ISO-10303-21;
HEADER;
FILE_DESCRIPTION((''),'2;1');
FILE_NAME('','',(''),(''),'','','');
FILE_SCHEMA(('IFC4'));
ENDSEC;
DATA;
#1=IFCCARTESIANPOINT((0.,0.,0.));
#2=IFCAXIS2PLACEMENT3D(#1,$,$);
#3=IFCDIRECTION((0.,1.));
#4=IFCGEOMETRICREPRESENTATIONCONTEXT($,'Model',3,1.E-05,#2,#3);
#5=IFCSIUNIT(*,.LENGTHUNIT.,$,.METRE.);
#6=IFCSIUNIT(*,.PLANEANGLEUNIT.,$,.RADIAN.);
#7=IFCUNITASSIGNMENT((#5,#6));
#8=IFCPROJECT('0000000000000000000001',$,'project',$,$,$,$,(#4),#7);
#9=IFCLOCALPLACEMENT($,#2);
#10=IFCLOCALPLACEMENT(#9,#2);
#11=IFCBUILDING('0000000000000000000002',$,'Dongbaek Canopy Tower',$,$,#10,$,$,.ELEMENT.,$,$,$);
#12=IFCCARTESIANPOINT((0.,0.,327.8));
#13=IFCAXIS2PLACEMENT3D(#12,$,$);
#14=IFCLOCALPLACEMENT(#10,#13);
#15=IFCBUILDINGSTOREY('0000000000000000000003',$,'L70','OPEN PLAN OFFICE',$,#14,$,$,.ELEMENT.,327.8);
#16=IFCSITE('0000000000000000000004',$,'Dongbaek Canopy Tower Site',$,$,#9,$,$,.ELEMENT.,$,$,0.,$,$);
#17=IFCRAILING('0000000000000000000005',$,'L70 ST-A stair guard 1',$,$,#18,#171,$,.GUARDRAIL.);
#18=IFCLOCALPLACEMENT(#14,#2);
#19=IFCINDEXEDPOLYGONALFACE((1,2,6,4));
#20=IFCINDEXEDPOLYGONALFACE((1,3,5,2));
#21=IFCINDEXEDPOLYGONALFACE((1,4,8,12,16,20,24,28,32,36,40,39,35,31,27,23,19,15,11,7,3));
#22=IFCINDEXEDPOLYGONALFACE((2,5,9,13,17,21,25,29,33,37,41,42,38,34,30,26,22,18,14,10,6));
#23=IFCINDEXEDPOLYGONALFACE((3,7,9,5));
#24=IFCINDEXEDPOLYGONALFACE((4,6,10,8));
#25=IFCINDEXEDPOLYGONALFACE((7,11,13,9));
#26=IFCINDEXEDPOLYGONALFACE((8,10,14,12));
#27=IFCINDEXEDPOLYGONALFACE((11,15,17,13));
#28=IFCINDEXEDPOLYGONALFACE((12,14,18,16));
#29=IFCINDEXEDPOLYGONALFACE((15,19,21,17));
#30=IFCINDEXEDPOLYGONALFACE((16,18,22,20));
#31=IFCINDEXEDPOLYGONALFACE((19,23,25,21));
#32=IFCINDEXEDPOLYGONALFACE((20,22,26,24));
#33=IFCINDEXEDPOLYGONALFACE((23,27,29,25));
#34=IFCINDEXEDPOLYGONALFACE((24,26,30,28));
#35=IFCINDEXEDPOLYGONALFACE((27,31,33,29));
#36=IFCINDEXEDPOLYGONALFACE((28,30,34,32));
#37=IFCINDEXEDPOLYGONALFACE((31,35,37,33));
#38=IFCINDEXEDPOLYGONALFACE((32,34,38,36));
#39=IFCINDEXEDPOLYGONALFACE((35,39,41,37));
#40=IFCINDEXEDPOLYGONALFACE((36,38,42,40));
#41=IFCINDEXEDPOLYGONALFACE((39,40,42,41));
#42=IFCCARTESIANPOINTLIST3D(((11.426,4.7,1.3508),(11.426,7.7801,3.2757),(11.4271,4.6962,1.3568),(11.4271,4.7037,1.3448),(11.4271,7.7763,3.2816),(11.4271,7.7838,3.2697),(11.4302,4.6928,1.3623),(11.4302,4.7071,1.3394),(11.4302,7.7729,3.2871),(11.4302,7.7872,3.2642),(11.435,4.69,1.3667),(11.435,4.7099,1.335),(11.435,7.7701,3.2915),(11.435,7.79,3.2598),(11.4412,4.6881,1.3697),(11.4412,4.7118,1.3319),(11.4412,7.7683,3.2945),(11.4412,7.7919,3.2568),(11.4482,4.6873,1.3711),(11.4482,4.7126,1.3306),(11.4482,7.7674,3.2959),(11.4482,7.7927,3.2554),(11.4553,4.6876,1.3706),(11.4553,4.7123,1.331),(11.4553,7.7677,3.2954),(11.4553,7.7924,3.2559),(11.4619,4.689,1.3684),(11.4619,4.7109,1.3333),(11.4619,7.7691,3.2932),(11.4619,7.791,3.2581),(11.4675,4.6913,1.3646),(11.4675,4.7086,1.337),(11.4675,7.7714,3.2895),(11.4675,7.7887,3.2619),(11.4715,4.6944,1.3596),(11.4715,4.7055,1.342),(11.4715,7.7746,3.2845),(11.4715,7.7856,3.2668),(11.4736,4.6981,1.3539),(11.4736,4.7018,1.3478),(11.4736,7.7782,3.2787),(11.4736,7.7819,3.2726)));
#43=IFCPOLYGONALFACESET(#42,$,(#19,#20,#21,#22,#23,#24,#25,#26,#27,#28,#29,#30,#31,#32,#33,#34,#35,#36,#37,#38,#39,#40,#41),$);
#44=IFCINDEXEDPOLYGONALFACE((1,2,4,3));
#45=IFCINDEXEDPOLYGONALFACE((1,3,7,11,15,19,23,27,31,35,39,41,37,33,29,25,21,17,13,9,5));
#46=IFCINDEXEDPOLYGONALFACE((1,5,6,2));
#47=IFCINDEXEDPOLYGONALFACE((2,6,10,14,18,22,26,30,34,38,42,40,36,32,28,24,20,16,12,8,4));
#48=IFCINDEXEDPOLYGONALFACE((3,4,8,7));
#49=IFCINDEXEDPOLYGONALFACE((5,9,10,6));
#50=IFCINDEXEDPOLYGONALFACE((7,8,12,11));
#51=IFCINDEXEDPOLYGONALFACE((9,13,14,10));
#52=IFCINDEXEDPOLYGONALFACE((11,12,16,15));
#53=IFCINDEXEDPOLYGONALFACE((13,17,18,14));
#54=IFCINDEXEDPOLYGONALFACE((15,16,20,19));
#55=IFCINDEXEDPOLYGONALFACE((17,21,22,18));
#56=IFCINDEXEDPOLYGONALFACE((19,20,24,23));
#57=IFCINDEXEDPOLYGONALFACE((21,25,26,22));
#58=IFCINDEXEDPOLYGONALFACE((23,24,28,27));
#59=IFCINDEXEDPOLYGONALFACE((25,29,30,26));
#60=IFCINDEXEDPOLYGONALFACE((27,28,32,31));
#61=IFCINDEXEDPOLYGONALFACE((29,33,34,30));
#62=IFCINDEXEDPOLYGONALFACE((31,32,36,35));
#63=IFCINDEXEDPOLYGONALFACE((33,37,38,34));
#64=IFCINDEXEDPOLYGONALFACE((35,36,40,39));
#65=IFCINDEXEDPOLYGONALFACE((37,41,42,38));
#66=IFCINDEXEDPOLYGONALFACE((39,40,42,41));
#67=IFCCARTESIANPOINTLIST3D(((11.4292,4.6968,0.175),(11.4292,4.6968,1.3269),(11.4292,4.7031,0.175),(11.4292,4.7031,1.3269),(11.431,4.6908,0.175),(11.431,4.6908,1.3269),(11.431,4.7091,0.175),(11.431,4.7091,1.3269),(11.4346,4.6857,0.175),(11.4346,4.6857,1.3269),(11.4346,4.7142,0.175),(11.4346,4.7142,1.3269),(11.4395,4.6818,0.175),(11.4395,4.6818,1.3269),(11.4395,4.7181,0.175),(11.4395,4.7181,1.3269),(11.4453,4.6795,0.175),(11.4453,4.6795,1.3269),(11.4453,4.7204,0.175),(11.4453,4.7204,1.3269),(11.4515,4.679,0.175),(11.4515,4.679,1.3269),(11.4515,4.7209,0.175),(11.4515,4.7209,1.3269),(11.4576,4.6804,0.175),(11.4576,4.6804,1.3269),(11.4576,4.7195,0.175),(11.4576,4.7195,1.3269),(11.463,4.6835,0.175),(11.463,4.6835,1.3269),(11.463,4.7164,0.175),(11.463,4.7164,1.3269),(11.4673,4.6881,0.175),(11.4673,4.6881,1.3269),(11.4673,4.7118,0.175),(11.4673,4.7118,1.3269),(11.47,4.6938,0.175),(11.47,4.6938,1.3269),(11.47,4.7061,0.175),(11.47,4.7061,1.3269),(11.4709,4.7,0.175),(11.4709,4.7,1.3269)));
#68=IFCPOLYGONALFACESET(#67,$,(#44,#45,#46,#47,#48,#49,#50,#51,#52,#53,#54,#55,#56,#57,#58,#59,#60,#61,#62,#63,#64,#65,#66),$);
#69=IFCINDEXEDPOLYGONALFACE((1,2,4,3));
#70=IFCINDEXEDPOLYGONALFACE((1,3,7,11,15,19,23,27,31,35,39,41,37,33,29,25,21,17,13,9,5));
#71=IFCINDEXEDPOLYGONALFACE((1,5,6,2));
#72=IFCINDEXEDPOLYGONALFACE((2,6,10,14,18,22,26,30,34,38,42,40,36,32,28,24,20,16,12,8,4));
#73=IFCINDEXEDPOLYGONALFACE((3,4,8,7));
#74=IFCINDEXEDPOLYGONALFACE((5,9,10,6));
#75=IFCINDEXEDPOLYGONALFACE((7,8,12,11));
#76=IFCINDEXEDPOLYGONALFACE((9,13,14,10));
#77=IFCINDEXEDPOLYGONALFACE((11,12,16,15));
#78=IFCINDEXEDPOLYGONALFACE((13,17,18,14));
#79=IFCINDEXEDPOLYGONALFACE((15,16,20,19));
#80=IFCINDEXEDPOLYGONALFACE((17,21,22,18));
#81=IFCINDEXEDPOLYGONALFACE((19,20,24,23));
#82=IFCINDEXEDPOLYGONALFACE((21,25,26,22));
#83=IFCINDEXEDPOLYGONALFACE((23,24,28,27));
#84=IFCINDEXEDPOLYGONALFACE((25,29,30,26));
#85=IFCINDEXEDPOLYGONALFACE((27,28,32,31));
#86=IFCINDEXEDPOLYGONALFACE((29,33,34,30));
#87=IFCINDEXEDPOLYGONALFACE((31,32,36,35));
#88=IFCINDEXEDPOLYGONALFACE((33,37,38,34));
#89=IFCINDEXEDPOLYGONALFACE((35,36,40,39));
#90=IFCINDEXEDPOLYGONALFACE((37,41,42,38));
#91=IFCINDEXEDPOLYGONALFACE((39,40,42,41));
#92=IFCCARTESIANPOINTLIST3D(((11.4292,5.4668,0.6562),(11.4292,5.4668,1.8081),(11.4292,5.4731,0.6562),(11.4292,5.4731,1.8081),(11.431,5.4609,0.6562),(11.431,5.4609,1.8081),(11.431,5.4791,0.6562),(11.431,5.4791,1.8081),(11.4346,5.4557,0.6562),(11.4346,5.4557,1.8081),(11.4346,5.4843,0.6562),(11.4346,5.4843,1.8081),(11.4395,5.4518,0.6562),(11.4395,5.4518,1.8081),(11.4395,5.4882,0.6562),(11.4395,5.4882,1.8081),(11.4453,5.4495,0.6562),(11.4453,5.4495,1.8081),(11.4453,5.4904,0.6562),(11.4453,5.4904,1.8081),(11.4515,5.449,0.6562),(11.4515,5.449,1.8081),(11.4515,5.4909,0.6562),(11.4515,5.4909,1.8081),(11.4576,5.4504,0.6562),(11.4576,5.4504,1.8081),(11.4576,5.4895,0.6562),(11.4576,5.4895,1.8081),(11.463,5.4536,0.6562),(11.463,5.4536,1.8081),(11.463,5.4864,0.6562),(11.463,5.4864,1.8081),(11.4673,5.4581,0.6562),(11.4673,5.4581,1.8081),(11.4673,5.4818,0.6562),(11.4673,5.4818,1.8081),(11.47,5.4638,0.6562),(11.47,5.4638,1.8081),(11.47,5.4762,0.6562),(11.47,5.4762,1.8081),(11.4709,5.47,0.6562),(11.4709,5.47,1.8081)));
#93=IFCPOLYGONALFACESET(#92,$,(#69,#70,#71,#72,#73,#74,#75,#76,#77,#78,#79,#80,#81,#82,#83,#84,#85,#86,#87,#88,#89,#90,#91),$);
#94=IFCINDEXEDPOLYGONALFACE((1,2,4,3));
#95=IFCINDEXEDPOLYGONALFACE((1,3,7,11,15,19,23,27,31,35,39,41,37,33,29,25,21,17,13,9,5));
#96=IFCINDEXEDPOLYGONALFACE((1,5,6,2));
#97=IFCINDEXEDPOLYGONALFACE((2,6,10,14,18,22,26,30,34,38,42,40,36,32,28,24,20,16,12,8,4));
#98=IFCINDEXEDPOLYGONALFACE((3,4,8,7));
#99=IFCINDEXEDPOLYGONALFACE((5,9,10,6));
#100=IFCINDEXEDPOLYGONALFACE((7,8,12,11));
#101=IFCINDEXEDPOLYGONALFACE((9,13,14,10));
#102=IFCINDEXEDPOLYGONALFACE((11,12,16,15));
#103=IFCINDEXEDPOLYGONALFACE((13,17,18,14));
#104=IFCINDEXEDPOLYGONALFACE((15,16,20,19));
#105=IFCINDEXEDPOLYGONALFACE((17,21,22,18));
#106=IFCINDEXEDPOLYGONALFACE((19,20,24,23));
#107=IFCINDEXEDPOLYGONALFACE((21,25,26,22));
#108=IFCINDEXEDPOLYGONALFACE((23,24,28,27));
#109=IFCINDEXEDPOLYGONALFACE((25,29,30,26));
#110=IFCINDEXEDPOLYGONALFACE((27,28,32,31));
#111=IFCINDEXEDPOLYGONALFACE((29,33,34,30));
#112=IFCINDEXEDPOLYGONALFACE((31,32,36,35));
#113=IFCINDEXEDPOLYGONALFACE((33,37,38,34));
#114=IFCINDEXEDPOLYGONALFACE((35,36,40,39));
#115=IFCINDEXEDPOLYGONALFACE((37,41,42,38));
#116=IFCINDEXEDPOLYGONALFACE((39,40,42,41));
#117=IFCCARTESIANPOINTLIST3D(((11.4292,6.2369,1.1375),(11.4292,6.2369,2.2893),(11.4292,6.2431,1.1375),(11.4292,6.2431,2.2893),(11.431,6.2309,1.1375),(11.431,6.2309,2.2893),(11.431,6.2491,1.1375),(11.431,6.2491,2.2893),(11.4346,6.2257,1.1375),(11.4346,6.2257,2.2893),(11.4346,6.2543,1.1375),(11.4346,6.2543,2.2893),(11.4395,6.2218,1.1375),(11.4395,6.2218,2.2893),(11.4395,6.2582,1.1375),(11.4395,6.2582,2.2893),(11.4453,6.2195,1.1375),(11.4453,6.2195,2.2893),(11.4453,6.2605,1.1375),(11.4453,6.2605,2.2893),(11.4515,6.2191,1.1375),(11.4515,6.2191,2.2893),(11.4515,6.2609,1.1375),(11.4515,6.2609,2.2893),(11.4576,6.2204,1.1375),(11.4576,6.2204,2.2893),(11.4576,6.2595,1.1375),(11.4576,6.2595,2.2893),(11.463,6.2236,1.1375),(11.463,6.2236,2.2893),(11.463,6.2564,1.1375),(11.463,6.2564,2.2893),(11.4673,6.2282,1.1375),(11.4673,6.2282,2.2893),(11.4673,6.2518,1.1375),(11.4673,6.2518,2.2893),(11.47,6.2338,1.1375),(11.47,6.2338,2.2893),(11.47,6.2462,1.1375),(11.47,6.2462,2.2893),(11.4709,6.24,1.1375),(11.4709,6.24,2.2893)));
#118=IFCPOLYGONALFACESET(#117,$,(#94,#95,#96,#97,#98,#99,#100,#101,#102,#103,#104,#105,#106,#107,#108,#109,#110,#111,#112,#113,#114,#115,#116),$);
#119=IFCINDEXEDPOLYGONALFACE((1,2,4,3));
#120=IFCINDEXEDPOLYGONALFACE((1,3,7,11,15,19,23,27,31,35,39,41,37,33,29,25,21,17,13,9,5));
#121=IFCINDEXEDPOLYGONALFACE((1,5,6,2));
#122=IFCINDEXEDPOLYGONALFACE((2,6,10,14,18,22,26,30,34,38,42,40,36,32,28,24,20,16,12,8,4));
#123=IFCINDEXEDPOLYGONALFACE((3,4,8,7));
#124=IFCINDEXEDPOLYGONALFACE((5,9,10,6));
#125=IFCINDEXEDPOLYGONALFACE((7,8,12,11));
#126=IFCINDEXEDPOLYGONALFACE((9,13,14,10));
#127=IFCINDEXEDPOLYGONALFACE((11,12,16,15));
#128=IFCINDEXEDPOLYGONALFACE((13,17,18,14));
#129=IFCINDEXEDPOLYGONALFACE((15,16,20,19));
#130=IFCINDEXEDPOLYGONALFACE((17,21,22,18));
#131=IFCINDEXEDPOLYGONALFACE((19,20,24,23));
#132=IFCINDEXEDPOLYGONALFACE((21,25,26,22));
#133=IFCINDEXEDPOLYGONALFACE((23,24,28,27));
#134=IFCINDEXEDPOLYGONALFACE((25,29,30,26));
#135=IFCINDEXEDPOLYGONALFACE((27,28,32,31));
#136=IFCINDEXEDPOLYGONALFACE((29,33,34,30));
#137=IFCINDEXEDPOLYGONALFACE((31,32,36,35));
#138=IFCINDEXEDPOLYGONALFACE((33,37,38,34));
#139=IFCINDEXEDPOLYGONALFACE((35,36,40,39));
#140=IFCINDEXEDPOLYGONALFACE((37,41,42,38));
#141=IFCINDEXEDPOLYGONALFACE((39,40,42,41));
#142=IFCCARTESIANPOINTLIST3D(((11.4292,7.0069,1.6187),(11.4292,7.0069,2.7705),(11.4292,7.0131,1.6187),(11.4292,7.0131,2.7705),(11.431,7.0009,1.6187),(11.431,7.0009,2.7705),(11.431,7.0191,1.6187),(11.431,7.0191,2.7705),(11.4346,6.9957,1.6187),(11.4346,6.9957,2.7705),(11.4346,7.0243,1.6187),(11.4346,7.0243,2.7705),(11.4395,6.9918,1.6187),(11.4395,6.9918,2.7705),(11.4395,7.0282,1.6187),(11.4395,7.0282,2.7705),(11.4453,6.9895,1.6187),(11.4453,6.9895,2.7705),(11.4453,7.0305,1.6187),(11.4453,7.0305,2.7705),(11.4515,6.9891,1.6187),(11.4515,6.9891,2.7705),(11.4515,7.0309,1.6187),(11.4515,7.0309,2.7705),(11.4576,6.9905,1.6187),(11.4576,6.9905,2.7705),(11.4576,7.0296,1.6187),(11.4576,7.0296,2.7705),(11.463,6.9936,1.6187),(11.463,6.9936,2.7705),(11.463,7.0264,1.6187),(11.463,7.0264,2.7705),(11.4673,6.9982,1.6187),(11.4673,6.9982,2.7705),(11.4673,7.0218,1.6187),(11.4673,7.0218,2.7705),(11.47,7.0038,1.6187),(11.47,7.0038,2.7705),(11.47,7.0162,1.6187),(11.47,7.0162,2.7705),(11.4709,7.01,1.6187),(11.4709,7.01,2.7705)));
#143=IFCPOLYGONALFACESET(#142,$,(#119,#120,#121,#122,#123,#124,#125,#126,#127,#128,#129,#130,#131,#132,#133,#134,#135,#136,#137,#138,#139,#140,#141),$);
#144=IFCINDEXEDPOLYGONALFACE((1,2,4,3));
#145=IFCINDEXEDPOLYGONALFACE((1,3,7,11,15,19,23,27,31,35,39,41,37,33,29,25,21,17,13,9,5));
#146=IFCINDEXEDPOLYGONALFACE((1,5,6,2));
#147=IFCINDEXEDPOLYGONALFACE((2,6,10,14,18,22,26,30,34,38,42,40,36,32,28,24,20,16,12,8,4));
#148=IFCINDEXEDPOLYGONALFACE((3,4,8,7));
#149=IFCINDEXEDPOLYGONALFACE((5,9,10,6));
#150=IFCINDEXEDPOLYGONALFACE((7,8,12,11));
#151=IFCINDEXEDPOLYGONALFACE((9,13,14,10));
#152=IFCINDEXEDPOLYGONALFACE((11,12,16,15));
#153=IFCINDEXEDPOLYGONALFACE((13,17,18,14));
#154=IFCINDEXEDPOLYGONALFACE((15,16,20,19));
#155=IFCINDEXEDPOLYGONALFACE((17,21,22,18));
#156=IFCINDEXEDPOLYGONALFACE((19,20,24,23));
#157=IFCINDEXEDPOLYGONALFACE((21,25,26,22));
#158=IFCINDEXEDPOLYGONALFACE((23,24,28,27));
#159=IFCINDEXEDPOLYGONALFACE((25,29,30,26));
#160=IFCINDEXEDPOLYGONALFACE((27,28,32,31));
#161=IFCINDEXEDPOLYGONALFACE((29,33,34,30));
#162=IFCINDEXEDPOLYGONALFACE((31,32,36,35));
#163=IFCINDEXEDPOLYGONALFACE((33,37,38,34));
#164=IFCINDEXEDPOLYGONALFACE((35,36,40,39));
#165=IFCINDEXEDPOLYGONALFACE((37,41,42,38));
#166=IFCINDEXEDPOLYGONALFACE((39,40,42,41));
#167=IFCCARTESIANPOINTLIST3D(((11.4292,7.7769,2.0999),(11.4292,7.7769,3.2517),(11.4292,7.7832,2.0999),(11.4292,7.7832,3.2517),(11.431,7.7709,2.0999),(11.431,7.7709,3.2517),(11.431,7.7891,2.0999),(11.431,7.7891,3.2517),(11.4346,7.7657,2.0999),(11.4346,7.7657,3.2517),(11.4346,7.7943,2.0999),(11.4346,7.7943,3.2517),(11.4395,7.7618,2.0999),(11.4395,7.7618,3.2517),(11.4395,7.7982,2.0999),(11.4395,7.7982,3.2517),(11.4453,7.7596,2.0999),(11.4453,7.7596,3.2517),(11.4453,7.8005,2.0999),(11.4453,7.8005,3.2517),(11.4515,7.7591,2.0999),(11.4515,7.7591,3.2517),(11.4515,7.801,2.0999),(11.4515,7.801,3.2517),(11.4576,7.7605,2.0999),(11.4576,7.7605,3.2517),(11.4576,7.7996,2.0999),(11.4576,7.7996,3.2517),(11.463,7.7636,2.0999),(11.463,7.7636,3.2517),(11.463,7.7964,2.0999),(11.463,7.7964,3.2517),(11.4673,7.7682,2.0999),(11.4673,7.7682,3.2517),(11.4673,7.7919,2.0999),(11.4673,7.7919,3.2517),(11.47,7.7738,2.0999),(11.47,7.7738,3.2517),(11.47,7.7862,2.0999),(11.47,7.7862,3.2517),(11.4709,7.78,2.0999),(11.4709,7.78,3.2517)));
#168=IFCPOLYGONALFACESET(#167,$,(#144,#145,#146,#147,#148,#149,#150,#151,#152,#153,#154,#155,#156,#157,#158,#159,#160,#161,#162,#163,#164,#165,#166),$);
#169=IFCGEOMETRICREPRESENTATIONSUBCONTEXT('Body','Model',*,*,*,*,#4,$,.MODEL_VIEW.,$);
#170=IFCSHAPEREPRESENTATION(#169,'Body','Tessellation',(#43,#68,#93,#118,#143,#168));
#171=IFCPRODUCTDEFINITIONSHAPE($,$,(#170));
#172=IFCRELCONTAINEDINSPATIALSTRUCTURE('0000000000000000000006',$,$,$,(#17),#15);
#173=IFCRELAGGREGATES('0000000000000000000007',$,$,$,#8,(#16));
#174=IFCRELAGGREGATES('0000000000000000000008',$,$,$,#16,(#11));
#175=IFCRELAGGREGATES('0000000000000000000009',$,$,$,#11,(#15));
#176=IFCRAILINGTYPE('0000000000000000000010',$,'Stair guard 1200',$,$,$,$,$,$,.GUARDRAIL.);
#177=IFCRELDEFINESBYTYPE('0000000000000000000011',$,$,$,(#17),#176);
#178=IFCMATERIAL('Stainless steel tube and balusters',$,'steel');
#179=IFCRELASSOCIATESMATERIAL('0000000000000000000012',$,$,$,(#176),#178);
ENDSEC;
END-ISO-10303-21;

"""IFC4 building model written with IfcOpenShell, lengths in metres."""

from ifc_helpers import new_model, si_unit, direction, frame, origin, origin_2d, place, context, subcontext, project, spatial, circle, extrude, material, type_object, element, save


model = new_model("IFC4")

# Units and contexts
model_context = context("Model", 3, precision=1e-05, world=origin(), true_north=direction((0.0, 1.0)))
body_context = subcontext(model_context, "Body", "Model", "MODEL_VIEW")
ifc_project = project(units=[si_unit("LENGTHUNIT", "METRE"), si_unit("PLANEANGLEUNIT", "RADIAN")], contexts=[model_context])

# Site, building, storey
site_placement = place(None, origin())
site = spatial("IfcSite", under=ifc_project, at=site_placement, Name="Dongbaek Canopy Tower Site", CompositionType="ELEMENT", RefElevation=0.0)
building_placement = place(site_placement, origin())
building = spatial("IfcBuilding", under=site, at=building_placement, Name="Dongbaek Canopy Tower", CompositionType="ELEMENT")
storey_placement = place(building_placement, frame((0.0, 0.0, 327.8)))
storey = spatial("IfcBuildingStorey", under=building, at=storey_placement, Name="L70", Description="OPEN PLAN OFFICE", CompositionType="ELEMENT", Elevation=327.8)

# Railing
ifc_material_1 = material(Name="Stainless steel tube and balusters", Category="steel")
railing_type_1 = type_object("IfcRailingType", Name="Stair guard 1200", PredefinedType="GUARDRAIL", material=ifc_material_1)
railing_1_placement = place(storey_placement, frame((11.45, 4.7, 0.175)))
element("IfcRailing", 1, at=railing_1_placement, inside=storey, type_object=railing_type_1, Name="L70 ST-A stair guard 1", PredefinedType="GUARDRAIL", context=body_context, shape_type="SweptSolid", body=[
    extrude(circle(Radius=0.0239, at=origin_2d()), frame((0.0, 0.0, 1.1758), z_axis=(0.0, 0.848029, 0.529951), x_axis=(-1.0, 0.0, 0.0)), (0.0, 0.0, 1.0), 3.6321),
    extrude(circle(Radius=0.021, at=origin_2d()), origin(), (0.0, 0.0, 1.0), 1.1519),
    extrude(circle(Radius=0.021, at=origin_2d()), frame((0.0, 0.77, 0.4812)), (0.0, 0.0, 1.0), 1.1519),
    extrude(circle(Radius=0.021, at=origin_2d()), frame((0.0, 1.54, 0.9624)), (0.0, 0.0, 1.0), 1.1519),
    extrude(circle(Radius=0.021, at=origin_2d()), frame((0.0, 2.3101, 1.4436)), (0.0, 0.0, 1.0), 1.1519),
    extrude(circle(Radius=0.021, at=origin_2d()), frame((0.0, 3.0801, 1.9248)), (0.0, 0.0, 1.0), 1.1519),
])

save(model, "model.ifc")
